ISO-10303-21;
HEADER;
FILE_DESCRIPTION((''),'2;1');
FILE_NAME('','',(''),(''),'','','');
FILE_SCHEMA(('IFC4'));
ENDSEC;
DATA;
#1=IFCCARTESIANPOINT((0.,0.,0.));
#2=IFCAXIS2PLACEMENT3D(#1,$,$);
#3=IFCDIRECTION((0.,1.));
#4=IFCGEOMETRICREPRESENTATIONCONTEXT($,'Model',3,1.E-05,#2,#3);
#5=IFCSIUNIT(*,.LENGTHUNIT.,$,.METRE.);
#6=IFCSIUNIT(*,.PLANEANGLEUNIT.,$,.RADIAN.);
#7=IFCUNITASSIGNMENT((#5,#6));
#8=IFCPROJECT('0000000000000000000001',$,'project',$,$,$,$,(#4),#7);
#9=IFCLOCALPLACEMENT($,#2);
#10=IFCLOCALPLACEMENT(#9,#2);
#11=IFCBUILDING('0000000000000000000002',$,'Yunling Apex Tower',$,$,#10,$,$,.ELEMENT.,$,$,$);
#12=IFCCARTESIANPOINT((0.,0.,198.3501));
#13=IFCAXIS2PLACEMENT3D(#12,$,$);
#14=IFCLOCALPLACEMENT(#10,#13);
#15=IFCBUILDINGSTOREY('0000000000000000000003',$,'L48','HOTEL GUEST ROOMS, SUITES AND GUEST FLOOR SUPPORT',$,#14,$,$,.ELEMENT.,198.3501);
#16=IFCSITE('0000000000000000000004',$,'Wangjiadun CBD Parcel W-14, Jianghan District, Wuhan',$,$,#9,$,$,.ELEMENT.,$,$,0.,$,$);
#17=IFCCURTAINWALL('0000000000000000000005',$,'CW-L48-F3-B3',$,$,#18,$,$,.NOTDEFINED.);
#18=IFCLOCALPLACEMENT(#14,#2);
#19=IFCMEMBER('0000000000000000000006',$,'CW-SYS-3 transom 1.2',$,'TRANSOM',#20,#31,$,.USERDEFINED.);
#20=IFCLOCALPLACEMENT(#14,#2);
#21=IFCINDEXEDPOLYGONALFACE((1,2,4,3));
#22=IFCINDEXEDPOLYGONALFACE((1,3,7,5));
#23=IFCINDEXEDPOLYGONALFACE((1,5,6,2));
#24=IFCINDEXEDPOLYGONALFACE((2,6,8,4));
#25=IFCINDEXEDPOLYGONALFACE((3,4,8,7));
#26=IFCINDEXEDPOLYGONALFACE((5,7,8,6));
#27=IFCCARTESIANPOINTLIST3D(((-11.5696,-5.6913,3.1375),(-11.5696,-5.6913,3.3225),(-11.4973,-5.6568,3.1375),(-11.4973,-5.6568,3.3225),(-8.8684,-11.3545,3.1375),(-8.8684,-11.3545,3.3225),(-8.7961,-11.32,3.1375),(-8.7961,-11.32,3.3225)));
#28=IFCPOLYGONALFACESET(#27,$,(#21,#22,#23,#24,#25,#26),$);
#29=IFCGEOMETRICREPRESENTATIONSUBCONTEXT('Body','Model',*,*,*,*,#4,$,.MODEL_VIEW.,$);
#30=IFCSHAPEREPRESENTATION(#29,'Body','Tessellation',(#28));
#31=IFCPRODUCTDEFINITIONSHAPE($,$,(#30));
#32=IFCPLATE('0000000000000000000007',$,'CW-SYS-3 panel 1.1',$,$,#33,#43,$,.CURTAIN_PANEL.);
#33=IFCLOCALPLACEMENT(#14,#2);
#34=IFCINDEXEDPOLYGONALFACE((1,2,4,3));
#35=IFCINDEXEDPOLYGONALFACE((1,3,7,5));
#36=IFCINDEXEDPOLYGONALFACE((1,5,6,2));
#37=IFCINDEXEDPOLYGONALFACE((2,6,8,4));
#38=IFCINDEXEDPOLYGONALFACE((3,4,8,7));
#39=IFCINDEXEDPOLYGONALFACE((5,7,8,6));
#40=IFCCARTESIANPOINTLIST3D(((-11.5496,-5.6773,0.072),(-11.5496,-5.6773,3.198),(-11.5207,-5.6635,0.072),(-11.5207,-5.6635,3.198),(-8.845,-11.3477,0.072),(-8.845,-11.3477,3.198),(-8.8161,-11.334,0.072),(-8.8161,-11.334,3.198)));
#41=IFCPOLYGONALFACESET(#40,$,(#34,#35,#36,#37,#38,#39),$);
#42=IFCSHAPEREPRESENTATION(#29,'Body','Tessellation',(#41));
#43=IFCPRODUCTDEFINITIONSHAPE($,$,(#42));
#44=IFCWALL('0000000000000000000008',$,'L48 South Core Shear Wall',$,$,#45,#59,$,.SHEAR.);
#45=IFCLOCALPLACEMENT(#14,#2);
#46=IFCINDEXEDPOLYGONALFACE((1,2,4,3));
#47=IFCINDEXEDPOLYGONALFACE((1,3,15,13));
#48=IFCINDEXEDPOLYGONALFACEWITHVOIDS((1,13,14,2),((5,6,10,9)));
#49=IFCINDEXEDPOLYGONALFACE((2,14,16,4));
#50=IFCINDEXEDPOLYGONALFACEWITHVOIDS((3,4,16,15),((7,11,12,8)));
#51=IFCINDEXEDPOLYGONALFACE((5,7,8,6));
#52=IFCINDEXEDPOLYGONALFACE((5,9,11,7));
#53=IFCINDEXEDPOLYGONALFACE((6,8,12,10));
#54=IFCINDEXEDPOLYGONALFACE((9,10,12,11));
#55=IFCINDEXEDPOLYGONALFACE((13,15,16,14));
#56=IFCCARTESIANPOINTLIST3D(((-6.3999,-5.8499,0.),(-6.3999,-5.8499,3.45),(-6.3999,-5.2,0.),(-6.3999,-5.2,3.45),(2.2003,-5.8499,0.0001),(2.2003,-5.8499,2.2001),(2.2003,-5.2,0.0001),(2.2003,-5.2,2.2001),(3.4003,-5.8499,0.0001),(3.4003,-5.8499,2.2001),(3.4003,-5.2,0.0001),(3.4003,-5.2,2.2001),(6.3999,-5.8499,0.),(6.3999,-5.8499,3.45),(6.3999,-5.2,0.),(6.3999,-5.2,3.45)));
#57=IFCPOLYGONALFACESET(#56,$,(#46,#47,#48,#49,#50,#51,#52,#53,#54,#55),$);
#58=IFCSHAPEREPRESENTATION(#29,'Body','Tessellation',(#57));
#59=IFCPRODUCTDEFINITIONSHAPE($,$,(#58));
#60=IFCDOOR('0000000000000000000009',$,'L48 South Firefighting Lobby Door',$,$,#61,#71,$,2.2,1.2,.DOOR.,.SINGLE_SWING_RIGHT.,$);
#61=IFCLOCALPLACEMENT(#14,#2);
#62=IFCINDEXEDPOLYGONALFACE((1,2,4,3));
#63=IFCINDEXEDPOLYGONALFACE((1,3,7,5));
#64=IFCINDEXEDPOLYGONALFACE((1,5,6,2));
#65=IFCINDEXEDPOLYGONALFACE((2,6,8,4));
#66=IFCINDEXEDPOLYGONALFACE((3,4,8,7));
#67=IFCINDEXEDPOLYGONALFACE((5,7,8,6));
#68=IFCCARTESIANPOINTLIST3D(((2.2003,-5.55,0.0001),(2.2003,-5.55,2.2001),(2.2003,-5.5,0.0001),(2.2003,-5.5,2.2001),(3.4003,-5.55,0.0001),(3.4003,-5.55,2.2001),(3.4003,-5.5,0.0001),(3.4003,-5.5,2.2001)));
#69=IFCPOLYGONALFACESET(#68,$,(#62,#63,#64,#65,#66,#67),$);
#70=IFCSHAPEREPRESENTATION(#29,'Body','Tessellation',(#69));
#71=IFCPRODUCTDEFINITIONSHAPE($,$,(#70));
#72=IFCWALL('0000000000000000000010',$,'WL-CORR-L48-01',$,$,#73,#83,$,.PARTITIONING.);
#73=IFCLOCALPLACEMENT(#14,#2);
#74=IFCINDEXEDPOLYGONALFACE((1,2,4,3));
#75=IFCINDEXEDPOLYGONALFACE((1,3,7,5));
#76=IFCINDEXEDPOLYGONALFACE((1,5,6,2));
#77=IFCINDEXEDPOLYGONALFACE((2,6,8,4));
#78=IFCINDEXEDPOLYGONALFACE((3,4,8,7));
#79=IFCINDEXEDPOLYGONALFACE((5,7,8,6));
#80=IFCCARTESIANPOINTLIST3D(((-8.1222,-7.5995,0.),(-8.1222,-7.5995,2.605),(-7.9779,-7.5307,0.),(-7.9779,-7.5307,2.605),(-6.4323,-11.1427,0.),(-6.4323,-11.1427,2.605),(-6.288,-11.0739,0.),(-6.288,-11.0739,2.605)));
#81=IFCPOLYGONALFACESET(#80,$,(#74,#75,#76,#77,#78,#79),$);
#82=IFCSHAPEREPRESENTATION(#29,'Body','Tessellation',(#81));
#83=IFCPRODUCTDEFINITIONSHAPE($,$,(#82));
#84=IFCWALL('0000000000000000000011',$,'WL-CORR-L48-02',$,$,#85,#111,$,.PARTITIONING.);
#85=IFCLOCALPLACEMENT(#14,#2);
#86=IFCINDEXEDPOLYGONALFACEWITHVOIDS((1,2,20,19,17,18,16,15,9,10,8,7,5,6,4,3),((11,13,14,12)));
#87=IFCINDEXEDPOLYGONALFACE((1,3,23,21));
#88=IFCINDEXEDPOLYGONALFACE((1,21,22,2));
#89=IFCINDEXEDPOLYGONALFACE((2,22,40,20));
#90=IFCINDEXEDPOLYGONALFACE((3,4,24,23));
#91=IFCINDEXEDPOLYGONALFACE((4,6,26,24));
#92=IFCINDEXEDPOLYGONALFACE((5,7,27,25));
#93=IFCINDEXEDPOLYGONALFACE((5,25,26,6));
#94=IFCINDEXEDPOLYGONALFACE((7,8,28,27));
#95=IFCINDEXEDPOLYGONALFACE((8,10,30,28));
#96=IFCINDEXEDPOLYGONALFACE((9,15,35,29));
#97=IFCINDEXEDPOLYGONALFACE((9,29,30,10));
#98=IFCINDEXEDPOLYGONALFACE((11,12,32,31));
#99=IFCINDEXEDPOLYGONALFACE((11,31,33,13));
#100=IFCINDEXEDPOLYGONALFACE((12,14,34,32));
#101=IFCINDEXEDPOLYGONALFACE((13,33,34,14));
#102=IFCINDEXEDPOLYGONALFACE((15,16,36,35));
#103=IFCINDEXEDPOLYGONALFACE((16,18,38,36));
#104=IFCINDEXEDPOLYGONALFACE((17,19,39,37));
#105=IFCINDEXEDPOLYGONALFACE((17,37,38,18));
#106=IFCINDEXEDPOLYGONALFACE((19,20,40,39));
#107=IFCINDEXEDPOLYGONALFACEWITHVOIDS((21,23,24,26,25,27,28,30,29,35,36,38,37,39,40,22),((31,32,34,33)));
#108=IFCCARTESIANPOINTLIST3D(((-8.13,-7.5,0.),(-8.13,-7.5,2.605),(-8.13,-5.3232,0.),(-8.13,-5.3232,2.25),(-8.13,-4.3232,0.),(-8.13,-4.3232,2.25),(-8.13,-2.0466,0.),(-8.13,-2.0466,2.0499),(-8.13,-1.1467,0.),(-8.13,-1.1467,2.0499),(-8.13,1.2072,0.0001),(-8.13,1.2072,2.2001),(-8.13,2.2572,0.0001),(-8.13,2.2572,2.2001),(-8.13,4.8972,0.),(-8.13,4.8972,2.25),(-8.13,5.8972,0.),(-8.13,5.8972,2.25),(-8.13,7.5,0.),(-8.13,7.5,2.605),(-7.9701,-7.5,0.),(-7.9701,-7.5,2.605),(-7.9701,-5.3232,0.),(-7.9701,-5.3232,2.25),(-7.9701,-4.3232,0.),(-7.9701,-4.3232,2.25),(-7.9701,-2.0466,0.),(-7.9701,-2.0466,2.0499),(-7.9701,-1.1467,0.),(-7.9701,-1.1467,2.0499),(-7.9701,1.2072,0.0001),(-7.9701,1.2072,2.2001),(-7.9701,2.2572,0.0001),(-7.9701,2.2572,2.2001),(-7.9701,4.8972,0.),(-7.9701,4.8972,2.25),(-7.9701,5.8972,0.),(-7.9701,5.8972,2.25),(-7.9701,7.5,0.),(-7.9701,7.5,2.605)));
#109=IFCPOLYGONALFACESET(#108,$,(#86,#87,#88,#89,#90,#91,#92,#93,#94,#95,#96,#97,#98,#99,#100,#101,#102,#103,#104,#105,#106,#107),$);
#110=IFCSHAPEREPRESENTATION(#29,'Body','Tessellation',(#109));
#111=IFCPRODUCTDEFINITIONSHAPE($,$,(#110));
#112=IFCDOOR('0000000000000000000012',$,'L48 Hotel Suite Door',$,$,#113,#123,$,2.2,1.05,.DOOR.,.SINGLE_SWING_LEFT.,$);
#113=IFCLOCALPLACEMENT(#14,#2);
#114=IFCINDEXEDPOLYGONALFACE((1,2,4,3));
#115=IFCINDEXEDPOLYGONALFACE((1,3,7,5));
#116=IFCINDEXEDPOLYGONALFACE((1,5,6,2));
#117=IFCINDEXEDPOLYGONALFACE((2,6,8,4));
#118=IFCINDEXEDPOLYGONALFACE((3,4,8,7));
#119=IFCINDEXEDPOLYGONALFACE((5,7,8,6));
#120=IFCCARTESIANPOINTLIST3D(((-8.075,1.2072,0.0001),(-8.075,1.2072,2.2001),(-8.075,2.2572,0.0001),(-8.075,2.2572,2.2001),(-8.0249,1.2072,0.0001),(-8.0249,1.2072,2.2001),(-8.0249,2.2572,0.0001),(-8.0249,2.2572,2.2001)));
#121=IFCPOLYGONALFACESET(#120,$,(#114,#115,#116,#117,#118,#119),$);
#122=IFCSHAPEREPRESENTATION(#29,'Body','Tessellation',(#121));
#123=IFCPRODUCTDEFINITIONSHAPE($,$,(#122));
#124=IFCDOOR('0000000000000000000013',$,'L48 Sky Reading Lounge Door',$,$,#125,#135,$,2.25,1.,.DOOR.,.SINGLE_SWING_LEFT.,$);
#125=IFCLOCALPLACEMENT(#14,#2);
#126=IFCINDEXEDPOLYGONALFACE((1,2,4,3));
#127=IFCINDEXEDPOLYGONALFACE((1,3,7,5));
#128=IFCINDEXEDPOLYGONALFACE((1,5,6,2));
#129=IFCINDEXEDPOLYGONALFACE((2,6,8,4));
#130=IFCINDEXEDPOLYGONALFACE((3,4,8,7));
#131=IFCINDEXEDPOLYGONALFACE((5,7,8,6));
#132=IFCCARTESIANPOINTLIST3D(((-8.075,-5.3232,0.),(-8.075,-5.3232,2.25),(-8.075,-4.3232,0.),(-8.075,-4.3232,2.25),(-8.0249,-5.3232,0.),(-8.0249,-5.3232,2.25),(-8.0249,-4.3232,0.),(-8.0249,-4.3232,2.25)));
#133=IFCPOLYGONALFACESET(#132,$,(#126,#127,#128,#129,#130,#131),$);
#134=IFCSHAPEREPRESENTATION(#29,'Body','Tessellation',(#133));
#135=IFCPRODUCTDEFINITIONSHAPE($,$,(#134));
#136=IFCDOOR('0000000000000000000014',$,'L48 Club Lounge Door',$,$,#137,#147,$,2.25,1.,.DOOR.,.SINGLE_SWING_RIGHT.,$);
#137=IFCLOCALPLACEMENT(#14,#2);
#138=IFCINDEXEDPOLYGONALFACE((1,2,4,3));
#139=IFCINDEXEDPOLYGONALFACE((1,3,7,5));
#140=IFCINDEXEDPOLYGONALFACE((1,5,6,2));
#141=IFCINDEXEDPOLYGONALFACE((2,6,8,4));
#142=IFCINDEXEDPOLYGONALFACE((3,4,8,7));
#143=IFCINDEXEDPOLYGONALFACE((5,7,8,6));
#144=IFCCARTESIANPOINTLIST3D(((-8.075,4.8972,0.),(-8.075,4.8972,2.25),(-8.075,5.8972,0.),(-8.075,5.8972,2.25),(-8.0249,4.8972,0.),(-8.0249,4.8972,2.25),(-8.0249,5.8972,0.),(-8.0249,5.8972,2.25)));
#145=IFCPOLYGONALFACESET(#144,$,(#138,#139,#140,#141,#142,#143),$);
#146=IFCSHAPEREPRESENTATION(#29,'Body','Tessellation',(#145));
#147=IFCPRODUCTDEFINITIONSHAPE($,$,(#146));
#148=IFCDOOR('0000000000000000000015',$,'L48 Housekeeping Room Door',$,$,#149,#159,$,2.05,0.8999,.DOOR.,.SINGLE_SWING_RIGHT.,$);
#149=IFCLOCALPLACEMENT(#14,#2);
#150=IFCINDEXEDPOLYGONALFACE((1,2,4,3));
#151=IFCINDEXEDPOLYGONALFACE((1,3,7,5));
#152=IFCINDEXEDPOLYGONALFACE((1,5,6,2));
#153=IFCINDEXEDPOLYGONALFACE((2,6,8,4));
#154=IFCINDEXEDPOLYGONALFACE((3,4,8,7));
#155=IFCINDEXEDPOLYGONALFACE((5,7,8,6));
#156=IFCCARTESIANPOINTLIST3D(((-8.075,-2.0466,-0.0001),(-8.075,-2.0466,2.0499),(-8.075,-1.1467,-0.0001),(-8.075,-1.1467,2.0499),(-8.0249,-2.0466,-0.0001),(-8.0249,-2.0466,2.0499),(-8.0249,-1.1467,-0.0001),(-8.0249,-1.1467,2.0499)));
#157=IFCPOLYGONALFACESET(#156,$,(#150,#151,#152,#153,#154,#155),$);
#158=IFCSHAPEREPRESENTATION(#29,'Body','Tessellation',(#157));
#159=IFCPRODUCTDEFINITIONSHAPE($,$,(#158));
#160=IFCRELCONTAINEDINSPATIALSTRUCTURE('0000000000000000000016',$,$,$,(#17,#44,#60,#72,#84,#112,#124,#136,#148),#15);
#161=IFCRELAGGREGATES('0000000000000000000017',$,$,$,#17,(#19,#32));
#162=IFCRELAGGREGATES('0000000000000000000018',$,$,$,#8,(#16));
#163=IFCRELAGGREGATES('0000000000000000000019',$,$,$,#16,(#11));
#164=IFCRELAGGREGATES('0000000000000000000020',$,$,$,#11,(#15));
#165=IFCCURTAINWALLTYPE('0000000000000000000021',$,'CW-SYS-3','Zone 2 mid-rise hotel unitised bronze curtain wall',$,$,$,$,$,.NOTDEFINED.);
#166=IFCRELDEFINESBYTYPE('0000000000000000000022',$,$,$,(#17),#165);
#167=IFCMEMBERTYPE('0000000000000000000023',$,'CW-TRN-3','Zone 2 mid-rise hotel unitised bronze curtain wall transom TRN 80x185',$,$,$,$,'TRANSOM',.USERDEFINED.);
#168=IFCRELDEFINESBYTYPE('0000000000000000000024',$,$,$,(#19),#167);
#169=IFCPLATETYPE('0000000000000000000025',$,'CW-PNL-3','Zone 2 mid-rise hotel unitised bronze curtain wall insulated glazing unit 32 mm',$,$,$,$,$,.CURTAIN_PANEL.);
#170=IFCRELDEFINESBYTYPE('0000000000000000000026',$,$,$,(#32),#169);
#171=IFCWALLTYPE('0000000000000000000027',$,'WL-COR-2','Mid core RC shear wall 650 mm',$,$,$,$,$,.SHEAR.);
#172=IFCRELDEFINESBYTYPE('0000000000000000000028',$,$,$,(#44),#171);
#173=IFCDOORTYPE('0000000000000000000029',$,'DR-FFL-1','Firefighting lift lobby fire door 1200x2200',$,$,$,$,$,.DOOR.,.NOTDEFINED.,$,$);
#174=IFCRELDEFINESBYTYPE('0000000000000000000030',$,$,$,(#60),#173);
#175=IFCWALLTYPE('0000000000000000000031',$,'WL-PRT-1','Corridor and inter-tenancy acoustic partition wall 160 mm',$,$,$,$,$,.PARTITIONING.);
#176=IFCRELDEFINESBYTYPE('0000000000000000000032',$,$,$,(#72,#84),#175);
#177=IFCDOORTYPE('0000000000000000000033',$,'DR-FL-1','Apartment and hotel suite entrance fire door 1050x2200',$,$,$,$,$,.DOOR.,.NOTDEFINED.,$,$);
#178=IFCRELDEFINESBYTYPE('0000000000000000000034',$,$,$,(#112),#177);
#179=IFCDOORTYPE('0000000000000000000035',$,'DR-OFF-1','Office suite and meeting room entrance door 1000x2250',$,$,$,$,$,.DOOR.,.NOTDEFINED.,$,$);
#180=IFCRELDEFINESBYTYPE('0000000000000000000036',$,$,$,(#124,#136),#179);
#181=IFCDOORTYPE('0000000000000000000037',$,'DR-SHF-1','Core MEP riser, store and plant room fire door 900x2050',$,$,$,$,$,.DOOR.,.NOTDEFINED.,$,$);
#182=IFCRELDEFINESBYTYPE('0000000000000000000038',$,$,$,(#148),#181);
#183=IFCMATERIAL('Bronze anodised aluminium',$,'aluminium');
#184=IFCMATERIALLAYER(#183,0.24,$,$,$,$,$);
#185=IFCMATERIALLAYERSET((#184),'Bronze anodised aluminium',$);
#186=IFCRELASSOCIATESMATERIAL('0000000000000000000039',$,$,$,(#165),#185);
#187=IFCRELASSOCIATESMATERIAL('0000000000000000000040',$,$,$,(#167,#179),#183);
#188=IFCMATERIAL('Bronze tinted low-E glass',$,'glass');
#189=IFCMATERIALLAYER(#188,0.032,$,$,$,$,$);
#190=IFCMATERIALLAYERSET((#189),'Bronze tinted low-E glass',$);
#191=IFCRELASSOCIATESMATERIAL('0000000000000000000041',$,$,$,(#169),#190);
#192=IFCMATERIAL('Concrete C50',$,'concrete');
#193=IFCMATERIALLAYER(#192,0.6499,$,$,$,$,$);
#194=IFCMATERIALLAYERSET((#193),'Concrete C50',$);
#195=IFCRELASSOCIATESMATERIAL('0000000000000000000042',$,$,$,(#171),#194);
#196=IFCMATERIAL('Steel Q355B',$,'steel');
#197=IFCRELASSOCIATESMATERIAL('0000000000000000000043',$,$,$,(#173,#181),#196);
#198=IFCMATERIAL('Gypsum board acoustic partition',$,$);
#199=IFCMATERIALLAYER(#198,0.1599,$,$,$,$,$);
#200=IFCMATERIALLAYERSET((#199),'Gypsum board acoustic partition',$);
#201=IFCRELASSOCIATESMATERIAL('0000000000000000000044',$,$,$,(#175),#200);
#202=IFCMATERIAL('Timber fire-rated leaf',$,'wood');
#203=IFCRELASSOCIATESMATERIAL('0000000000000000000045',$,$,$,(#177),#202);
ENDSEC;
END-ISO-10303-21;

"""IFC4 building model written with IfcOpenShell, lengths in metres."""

from ifc_helpers import new_model, si_unit, direction, frame, frame_2d, origin, origin_2d, place, context, subcontext, project, spatial, rectangle, extrude, source, transform, mapped, material, layer, layer_set, material_profile, profile_set, type_object, element, fill, aggregate, save


model = new_model("IFC4")

# Units and contexts
model_context = context("Model", 3, precision=1e-05, world=origin(), true_north=direction((0.0, 1.0)))
body_context = subcontext(model_context, "Body", "Model", "MODEL_VIEW")
ifc_project = project(units=[si_unit("LENGTHUNIT", "METRE"), si_unit("PLANEANGLEUNIT", "RADIAN")], contexts=[model_context])

# Site, building, storey
site_placement = place(None, origin())
site = spatial("IfcSite", under=ifc_project, at=site_placement, Name="Wangjiadun CBD Parcel W-14, Jianghan District, Wuhan", CompositionType="ELEMENT", RefElevation=0.0)
building_placement = place(site_placement, origin())
building = spatial("IfcBuilding", under=site, at=building_placement, Name="Yunling Apex Tower", CompositionType="ELEMENT")
storey_placement = place(building_placement, frame((0.0, 0.0, 198.3501)))
storey = spatial("IfcBuildingStorey", under=building, at=storey_placement, Name="L48", Description="HOTEL GUEST ROOMS, SUITES AND GUEST FLOOR SUPPORT", CompositionType="ELEMENT", Elevation=198.3501)

# Shared definitions
ifc_material_1 = material(Name="Steel Q355B", Category="steel")

# Curtain wall, member, plate
ifc_material_2 = material(Name="Bronze anodised aluminium", Category="aluminium")
ifc_layer_1 = layer(ifc_material_2, 0.24)
ifc_layer_set_1 = layer_set([ifc_layer_1], Name="Bronze anodised aluminium")
curtain_wall_type = type_object("IfcCurtainWallType", Name="CW-SYS-3", Description="Zone 2 mid-rise hotel unitised bronze curtain wall", PredefinedType="NOTDEFINED", material=ifc_layer_set_1)
curtain_wall_placement = place(storey_placement, origin())
curtain_wall = element("IfcCurtainWall", 1, at=curtain_wall_placement, inside=storey, type_object=curtain_wall_type, Name="CW-L48-F3-B3", PredefinedType="NOTDEFINED")
ifc_material_profile_1 = material_profile(ifc_material_2, rectangle(XDim=0.0801, YDim=0.1851, at=origin_2d()))
ifc_profile_set_1 = profile_set([ifc_material_profile_1], Name="Bronze anodised aluminium")
member_type_1 = type_object("IfcMemberType", Name="CW-TRN-3", Description="Zone 2 mid-rise hotel unitised bronze curtain wall transom TRN 80x185", ElementType="TRANSOM", PredefinedType="USERDEFINED", material=ifc_profile_set_1)
shared_shape_1 = source(origin(), body_context, "Body", "SweptSolid", [
    extrude(rectangle(XDim=0.0801, YDim=0.1851, at=origin_2d()), origin(), (0.0, 0.0, 1.0), 6.2744),
])
member_1_placement = place(storey_placement, frame((-11.5334, -5.6741, 3.23), z_axis=(0.430513, -0.902584, 0.0), x_axis=(0.902584, 0.430513, 0.0)))
member_1 = element("IfcMember", 2, at=member_1_placement, type_object=member_type_1, Name="CW-SYS-3 transom 1.2", ObjectType="TRANSOM", PredefinedType="USERDEFINED", context=body_context, shape_type="MappedRepresentation", body=[
    mapped(shared_shape_1, transform((0.0, 0.0, 0.0), scale=1.0)),
])
ifc_material_3 = material(Name="Bronze tinted low-E glass", Category="glass")
ifc_layer_2 = layer(ifc_material_3, 0.032)
ifc_layer_set_2 = layer_set([ifc_layer_2], Name="Bronze tinted low-E glass")
plate_type = type_object("IfcPlateType", Name="CW-PNL-3", Description="Zone 2 mid-rise hotel unitised bronze curtain wall insulated glazing unit 32 mm", PredefinedType="CURTAIN_PANEL", material=ifc_layer_set_2)
shared_shape_2 = source(origin(), body_context, "Body", "SweptSolid", [
    extrude(rectangle(XDim=6.2825, YDim=0.032, at=origin_2d()), origin(), (0.0, 0.0, 1.0), 3.126),
])
plate_placement = place(storey_placement, frame((-10.1829, -8.5056, 0.072), z_axis=(0.0, 0.0, 1.0), x_axis=(0.430505, -0.902588, 0.0)))
plate = element("IfcPlate", 3, at=plate_placement, type_object=plate_type, Name="CW-SYS-3 panel 1.1", PredefinedType="CURTAIN_PANEL", context=body_context, shape_type="MappedRepresentation", body=[
    mapped(shared_shape_2, transform((0.0, 0.0, 0.0), scale=1.0)),
])
aggregate(curtain_wall, [member_1, plate])

# Wall, opening, door
ifc_material_4 = material(Name="Concrete C50", Category="concrete")
ifc_layer_3 = layer(ifc_material_4, 0.6499)
ifc_layer_set_3 = layer_set([ifc_layer_3], Name="Concrete C50")
wall_type_1 = type_object("IfcWallType", Name="WL-COR-2", Description="Mid core RC shear wall 650 mm", PredefinedType="SHEAR", material=ifc_layer_set_3)
wall_1_placement = place(storey_placement, frame((-6.3999, -5.5249, 0.0), z_axis=(0.0, 0.0, 1.0), x_axis=(1.0, 0.0, 0.0)))
wall_1 = element("IfcWall", 4, at=wall_1_placement, inside=storey, type_object=wall_type_1, Name="L48 South Core Shear Wall", PredefinedType="SHEAR", context=body_context, shape_type="SweptSolid", body=[
    extrude(rectangle(XDim=12.7998, YDim=0.6499, at=frame_2d((6.3999, 0.0))), origin(), (0.0, 0.0, 1.0), 3.45),
])
opening_1_placement = place(wall_1_placement, frame((8.6001, 0.0, 0.0)))
opening_1 = element("IfcOpeningElement", 5, at=opening_1_placement, cuts=wall_1, PredefinedType="OPENING", context=body_context, shape_type="SweptSolid", body=[
    extrude(rectangle(XDim=1.2, YDim=2.2, at=frame_2d((0.6001, 1.1001))), frame((0.0, 0.335, 0.0), z_axis=(0.0, -1.0, 0.0), x_axis=(1.0, 0.0, 0.0)), (0.0, 0.0, 1.0), 0.6699),
])
door_type_1 = type_object("IfcDoorType", Name="DR-FFL-1", Description="Firefighting lift lobby fire door 1200x2200", OperationType="NOTDEFINED", PredefinedType="DOOR", material=ifc_material_1)
door_1_placement = place(opening_1_placement, origin())
door_1 = element("IfcDoor", 6, at=door_1_placement, inside=storey, type_object=door_type_1, Name="L48 South Firefighting Lobby Door", OperationType="SINGLE_SWING_RIGHT", OverallHeight=2.2, OverallWidth=1.2, PredefinedType="DOOR", context=body_context, shape_type="SweptSolid", body=[
    extrude(rectangle(XDim=1.2, YDim=2.2, at=frame_2d((0.6001, 1.1001))), frame((0.0, 0.0249, 0.0), z_axis=(0.0, -1.0, 0.0), x_axis=(1.0, 0.0, 0.0)), (0.0, 0.0, 1.0), 0.05),
])
fill(opening_1, door_1)

# Wall
ifc_material_5 = material(Name="Gypsum board acoustic partition")
ifc_layer_4 = layer(ifc_material_5, 0.1599)
ifc_layer_set_4 = layer_set([ifc_layer_4], Name="Gypsum board acoustic partition")
wall_type_2 = type_object("IfcWallType", Name="WL-PRT-1", Description="Corridor and inter-tenancy acoustic partition wall 160 mm", PredefinedType="PARTITIONING", material=ifc_layer_set_4)
wall_2_placement = place(storey_placement, frame((-6.3601, -11.1084, 0.0), z_axis=(0.0, 0.0, 1.0), x_axis=(-0.430494, 0.902594, 0.0)))
element("IfcWall", 7, at=wall_2_placement, inside=storey, type_object=wall_type_2, Name="WL-CORR-L48-01", PredefinedType="PARTITIONING", context=body_context, shape_type="SweptSolid", body=[
    extrude(rectangle(XDim=3.9255, YDim=0.1599, at=frame_2d((1.9629, 0.0))), origin(), (0.0, 0.0, 1.0), 2.605),
])

# Wall, openings, doors
wall_3_placement = place(storey_placement, frame((-8.05, -7.5, 0.0), z_axis=(0.0, 0.0, 1.0), x_axis=(0.0, 1.0, 0.0)))
wall_3 = element("IfcWall", 8, at=wall_3_placement, inside=storey, type_object=wall_type_2, Name="WL-CORR-L48-02", PredefinedType="PARTITIONING", context=body_context, shape_type="SweptSolid", body=[
    extrude(rectangle(XDim=15.0, YDim=0.1599, at=frame_2d((7.5, 0.0))), origin(), (0.0, 0.0, 1.0), 2.605),
])
opening_2_placement = place(wall_3_placement, frame((2.1768, 0.0, 0.0)))
opening_2 = element("IfcOpeningElement", 9, at=opening_2_placement, cuts=wall_3, PredefinedType="OPENING", context=body_context, shape_type="SweptSolid", body=[
    extrude(rectangle(XDim=1.0, YDim=2.25, at=frame_2d((0.5, 1.125))), frame((0.0, 0.0898, 0.0), z_axis=(0.0, -1.0, 0.0), x_axis=(1.0, 0.0, 0.0)), (0.0, 0.0, 1.0), 0.1799),
])
opening_3_placement = place(wall_3_placement, frame((5.4534, 0.0, 0.0)))
opening_3 = element("IfcOpeningElement", 10, at=opening_3_placement, cuts=wall_3, PredefinedType="OPENING", context=body_context, shape_type="SweptSolid", body=[
    extrude(rectangle(XDim=0.8999, YDim=2.05, at=frame_2d((0.45, 1.0249))), frame((0.0, 0.0898, 0.0), z_axis=(0.0, -1.0, 0.0), x_axis=(1.0, 0.0, 0.0)), (0.0, 0.0, 1.0), 0.1799),
])
opening_4_placement = place(wall_3_placement, frame((8.7073, 0.0, 0.0)))
opening_4 = element("IfcOpeningElement", 11, at=opening_4_placement, cuts=wall_3, PredefinedType="OPENING", context=body_context, shape_type="SweptSolid", body=[
    extrude(rectangle(XDim=1.05, YDim=2.2, at=frame_2d((0.5249, 1.1001))), frame((0.0, 0.0898, 0.0), z_axis=(0.0, -1.0, 0.0), x_axis=(1.0, 0.0, 0.0)), (0.0, 0.0, 1.0), 0.1799),
])
opening_5_placement = place(wall_3_placement, frame((12.3972, 0.0, 0.0)))
opening_5 = element("IfcOpeningElement", 12, at=opening_5_placement, cuts=wall_3, PredefinedType="OPENING", context=body_context, shape_type="SweptSolid", body=[
    extrude(rectangle(XDim=1.0, YDim=2.25, at=frame_2d((0.5, 1.125))), frame((0.0, 0.0898, 0.0), z_axis=(0.0, -1.0, 0.0), x_axis=(1.0, 0.0, 0.0)), (0.0, 0.0, 1.0), 0.1799),
])
ifc_material_6 = material(Name="Timber fire-rated leaf", Category="wood")
door_type_2 = type_object("IfcDoorType", Name="DR-FL-1", Description="Apartment and hotel suite entrance fire door 1050x2200", OperationType="NOTDEFINED", PredefinedType="DOOR", material=ifc_material_6)
door_2_placement = place(opening_4_placement, origin())
door_2 = element("IfcDoor", 13, at=door_2_placement, inside=storey, type_object=door_type_2, Name="L48 Hotel Suite Door", OperationType="SINGLE_SWING_LEFT", OverallHeight=2.2, OverallWidth=1.05, PredefinedType="DOOR", context=body_context, shape_type="SweptSolid", body=[
    extrude(rectangle(XDim=1.05, YDim=2.2, at=frame_2d((0.5249, 1.1001))), frame((0.0, 0.0249, 0.0), z_axis=(0.0, -1.0, 0.0), x_axis=(1.0, 0.0, 0.0)), (0.0, 0.0, 1.0), 0.05),
])
fill(opening_4, door_2)
door_type_3 = type_object("IfcDoorType", Name="DR-OFF-1", Description="Office suite and meeting room entrance door 1000x2250", OperationType="NOTDEFINED", PredefinedType="DOOR", material=ifc_material_2)
door_3_placement = place(opening_2_placement, origin())
door_3 = element("IfcDoor", 14, at=door_3_placement, inside=storey, type_object=door_type_3, Name="L48 Sky Reading Lounge Door", OperationType="SINGLE_SWING_LEFT", OverallHeight=2.25, OverallWidth=1.0, PredefinedType="DOOR", context=body_context, shape_type="SweptSolid", body=[
    extrude(rectangle(XDim=1.0, YDim=2.25, at=frame_2d((0.5, 1.125))), frame((0.0, 0.0249, 0.0), z_axis=(0.0, -1.0, 0.0), x_axis=(1.0, 0.0, 0.0)), (0.0, 0.0, 1.0), 0.05),
])
fill(opening_2, door_3)
door_4_placement = place(opening_5_placement, origin())
door_4 = element("IfcDoor", 15, at=door_4_placement, inside=storey, type_object=door_type_3, Name="L48 Club Lounge Door", OperationType="SINGLE_SWING_RIGHT", OverallHeight=2.25, OverallWidth=1.0, PredefinedType="DOOR", context=body_context, shape_type="SweptSolid", body=[
    extrude(rectangle(XDim=1.0, YDim=2.25, at=frame_2d((0.5, 1.125))), frame((0.0, 0.0249, 0.0), z_axis=(0.0, -1.0, 0.0), x_axis=(1.0, 0.0, 0.0)), (0.0, 0.0, 1.0), 0.05),
])
fill(opening_5, door_4)
door_type_4 = type_object("IfcDoorType", Name="DR-SHF-1", Description="Core MEP riser, store and plant room fire door 900x2050", OperationType="NOTDEFINED", PredefinedType="DOOR", material=ifc_material_1)
door_5_placement = place(opening_3_placement, origin())
door_5 = element("IfcDoor", 16, at=door_5_placement, inside=storey, type_object=door_type_4, Name="L48 Housekeeping Room Door", OperationType="SINGLE_SWING_RIGHT", OverallHeight=2.05, OverallWidth=0.8999, PredefinedType="DOOR", context=body_context, shape_type="SweptSolid", body=[
    extrude(rectangle(XDim=0.8999, YDim=2.05, at=frame_2d((0.45, 1.0249))), frame((0.0, 0.0249, 0.0), z_axis=(0.0, -1.0, 0.0), x_axis=(1.0, 0.0, 0.0)), (0.0, 0.0, 1.0), 0.05),
])
fill(opening_3, door_5)

save(model, "model.ifc")
